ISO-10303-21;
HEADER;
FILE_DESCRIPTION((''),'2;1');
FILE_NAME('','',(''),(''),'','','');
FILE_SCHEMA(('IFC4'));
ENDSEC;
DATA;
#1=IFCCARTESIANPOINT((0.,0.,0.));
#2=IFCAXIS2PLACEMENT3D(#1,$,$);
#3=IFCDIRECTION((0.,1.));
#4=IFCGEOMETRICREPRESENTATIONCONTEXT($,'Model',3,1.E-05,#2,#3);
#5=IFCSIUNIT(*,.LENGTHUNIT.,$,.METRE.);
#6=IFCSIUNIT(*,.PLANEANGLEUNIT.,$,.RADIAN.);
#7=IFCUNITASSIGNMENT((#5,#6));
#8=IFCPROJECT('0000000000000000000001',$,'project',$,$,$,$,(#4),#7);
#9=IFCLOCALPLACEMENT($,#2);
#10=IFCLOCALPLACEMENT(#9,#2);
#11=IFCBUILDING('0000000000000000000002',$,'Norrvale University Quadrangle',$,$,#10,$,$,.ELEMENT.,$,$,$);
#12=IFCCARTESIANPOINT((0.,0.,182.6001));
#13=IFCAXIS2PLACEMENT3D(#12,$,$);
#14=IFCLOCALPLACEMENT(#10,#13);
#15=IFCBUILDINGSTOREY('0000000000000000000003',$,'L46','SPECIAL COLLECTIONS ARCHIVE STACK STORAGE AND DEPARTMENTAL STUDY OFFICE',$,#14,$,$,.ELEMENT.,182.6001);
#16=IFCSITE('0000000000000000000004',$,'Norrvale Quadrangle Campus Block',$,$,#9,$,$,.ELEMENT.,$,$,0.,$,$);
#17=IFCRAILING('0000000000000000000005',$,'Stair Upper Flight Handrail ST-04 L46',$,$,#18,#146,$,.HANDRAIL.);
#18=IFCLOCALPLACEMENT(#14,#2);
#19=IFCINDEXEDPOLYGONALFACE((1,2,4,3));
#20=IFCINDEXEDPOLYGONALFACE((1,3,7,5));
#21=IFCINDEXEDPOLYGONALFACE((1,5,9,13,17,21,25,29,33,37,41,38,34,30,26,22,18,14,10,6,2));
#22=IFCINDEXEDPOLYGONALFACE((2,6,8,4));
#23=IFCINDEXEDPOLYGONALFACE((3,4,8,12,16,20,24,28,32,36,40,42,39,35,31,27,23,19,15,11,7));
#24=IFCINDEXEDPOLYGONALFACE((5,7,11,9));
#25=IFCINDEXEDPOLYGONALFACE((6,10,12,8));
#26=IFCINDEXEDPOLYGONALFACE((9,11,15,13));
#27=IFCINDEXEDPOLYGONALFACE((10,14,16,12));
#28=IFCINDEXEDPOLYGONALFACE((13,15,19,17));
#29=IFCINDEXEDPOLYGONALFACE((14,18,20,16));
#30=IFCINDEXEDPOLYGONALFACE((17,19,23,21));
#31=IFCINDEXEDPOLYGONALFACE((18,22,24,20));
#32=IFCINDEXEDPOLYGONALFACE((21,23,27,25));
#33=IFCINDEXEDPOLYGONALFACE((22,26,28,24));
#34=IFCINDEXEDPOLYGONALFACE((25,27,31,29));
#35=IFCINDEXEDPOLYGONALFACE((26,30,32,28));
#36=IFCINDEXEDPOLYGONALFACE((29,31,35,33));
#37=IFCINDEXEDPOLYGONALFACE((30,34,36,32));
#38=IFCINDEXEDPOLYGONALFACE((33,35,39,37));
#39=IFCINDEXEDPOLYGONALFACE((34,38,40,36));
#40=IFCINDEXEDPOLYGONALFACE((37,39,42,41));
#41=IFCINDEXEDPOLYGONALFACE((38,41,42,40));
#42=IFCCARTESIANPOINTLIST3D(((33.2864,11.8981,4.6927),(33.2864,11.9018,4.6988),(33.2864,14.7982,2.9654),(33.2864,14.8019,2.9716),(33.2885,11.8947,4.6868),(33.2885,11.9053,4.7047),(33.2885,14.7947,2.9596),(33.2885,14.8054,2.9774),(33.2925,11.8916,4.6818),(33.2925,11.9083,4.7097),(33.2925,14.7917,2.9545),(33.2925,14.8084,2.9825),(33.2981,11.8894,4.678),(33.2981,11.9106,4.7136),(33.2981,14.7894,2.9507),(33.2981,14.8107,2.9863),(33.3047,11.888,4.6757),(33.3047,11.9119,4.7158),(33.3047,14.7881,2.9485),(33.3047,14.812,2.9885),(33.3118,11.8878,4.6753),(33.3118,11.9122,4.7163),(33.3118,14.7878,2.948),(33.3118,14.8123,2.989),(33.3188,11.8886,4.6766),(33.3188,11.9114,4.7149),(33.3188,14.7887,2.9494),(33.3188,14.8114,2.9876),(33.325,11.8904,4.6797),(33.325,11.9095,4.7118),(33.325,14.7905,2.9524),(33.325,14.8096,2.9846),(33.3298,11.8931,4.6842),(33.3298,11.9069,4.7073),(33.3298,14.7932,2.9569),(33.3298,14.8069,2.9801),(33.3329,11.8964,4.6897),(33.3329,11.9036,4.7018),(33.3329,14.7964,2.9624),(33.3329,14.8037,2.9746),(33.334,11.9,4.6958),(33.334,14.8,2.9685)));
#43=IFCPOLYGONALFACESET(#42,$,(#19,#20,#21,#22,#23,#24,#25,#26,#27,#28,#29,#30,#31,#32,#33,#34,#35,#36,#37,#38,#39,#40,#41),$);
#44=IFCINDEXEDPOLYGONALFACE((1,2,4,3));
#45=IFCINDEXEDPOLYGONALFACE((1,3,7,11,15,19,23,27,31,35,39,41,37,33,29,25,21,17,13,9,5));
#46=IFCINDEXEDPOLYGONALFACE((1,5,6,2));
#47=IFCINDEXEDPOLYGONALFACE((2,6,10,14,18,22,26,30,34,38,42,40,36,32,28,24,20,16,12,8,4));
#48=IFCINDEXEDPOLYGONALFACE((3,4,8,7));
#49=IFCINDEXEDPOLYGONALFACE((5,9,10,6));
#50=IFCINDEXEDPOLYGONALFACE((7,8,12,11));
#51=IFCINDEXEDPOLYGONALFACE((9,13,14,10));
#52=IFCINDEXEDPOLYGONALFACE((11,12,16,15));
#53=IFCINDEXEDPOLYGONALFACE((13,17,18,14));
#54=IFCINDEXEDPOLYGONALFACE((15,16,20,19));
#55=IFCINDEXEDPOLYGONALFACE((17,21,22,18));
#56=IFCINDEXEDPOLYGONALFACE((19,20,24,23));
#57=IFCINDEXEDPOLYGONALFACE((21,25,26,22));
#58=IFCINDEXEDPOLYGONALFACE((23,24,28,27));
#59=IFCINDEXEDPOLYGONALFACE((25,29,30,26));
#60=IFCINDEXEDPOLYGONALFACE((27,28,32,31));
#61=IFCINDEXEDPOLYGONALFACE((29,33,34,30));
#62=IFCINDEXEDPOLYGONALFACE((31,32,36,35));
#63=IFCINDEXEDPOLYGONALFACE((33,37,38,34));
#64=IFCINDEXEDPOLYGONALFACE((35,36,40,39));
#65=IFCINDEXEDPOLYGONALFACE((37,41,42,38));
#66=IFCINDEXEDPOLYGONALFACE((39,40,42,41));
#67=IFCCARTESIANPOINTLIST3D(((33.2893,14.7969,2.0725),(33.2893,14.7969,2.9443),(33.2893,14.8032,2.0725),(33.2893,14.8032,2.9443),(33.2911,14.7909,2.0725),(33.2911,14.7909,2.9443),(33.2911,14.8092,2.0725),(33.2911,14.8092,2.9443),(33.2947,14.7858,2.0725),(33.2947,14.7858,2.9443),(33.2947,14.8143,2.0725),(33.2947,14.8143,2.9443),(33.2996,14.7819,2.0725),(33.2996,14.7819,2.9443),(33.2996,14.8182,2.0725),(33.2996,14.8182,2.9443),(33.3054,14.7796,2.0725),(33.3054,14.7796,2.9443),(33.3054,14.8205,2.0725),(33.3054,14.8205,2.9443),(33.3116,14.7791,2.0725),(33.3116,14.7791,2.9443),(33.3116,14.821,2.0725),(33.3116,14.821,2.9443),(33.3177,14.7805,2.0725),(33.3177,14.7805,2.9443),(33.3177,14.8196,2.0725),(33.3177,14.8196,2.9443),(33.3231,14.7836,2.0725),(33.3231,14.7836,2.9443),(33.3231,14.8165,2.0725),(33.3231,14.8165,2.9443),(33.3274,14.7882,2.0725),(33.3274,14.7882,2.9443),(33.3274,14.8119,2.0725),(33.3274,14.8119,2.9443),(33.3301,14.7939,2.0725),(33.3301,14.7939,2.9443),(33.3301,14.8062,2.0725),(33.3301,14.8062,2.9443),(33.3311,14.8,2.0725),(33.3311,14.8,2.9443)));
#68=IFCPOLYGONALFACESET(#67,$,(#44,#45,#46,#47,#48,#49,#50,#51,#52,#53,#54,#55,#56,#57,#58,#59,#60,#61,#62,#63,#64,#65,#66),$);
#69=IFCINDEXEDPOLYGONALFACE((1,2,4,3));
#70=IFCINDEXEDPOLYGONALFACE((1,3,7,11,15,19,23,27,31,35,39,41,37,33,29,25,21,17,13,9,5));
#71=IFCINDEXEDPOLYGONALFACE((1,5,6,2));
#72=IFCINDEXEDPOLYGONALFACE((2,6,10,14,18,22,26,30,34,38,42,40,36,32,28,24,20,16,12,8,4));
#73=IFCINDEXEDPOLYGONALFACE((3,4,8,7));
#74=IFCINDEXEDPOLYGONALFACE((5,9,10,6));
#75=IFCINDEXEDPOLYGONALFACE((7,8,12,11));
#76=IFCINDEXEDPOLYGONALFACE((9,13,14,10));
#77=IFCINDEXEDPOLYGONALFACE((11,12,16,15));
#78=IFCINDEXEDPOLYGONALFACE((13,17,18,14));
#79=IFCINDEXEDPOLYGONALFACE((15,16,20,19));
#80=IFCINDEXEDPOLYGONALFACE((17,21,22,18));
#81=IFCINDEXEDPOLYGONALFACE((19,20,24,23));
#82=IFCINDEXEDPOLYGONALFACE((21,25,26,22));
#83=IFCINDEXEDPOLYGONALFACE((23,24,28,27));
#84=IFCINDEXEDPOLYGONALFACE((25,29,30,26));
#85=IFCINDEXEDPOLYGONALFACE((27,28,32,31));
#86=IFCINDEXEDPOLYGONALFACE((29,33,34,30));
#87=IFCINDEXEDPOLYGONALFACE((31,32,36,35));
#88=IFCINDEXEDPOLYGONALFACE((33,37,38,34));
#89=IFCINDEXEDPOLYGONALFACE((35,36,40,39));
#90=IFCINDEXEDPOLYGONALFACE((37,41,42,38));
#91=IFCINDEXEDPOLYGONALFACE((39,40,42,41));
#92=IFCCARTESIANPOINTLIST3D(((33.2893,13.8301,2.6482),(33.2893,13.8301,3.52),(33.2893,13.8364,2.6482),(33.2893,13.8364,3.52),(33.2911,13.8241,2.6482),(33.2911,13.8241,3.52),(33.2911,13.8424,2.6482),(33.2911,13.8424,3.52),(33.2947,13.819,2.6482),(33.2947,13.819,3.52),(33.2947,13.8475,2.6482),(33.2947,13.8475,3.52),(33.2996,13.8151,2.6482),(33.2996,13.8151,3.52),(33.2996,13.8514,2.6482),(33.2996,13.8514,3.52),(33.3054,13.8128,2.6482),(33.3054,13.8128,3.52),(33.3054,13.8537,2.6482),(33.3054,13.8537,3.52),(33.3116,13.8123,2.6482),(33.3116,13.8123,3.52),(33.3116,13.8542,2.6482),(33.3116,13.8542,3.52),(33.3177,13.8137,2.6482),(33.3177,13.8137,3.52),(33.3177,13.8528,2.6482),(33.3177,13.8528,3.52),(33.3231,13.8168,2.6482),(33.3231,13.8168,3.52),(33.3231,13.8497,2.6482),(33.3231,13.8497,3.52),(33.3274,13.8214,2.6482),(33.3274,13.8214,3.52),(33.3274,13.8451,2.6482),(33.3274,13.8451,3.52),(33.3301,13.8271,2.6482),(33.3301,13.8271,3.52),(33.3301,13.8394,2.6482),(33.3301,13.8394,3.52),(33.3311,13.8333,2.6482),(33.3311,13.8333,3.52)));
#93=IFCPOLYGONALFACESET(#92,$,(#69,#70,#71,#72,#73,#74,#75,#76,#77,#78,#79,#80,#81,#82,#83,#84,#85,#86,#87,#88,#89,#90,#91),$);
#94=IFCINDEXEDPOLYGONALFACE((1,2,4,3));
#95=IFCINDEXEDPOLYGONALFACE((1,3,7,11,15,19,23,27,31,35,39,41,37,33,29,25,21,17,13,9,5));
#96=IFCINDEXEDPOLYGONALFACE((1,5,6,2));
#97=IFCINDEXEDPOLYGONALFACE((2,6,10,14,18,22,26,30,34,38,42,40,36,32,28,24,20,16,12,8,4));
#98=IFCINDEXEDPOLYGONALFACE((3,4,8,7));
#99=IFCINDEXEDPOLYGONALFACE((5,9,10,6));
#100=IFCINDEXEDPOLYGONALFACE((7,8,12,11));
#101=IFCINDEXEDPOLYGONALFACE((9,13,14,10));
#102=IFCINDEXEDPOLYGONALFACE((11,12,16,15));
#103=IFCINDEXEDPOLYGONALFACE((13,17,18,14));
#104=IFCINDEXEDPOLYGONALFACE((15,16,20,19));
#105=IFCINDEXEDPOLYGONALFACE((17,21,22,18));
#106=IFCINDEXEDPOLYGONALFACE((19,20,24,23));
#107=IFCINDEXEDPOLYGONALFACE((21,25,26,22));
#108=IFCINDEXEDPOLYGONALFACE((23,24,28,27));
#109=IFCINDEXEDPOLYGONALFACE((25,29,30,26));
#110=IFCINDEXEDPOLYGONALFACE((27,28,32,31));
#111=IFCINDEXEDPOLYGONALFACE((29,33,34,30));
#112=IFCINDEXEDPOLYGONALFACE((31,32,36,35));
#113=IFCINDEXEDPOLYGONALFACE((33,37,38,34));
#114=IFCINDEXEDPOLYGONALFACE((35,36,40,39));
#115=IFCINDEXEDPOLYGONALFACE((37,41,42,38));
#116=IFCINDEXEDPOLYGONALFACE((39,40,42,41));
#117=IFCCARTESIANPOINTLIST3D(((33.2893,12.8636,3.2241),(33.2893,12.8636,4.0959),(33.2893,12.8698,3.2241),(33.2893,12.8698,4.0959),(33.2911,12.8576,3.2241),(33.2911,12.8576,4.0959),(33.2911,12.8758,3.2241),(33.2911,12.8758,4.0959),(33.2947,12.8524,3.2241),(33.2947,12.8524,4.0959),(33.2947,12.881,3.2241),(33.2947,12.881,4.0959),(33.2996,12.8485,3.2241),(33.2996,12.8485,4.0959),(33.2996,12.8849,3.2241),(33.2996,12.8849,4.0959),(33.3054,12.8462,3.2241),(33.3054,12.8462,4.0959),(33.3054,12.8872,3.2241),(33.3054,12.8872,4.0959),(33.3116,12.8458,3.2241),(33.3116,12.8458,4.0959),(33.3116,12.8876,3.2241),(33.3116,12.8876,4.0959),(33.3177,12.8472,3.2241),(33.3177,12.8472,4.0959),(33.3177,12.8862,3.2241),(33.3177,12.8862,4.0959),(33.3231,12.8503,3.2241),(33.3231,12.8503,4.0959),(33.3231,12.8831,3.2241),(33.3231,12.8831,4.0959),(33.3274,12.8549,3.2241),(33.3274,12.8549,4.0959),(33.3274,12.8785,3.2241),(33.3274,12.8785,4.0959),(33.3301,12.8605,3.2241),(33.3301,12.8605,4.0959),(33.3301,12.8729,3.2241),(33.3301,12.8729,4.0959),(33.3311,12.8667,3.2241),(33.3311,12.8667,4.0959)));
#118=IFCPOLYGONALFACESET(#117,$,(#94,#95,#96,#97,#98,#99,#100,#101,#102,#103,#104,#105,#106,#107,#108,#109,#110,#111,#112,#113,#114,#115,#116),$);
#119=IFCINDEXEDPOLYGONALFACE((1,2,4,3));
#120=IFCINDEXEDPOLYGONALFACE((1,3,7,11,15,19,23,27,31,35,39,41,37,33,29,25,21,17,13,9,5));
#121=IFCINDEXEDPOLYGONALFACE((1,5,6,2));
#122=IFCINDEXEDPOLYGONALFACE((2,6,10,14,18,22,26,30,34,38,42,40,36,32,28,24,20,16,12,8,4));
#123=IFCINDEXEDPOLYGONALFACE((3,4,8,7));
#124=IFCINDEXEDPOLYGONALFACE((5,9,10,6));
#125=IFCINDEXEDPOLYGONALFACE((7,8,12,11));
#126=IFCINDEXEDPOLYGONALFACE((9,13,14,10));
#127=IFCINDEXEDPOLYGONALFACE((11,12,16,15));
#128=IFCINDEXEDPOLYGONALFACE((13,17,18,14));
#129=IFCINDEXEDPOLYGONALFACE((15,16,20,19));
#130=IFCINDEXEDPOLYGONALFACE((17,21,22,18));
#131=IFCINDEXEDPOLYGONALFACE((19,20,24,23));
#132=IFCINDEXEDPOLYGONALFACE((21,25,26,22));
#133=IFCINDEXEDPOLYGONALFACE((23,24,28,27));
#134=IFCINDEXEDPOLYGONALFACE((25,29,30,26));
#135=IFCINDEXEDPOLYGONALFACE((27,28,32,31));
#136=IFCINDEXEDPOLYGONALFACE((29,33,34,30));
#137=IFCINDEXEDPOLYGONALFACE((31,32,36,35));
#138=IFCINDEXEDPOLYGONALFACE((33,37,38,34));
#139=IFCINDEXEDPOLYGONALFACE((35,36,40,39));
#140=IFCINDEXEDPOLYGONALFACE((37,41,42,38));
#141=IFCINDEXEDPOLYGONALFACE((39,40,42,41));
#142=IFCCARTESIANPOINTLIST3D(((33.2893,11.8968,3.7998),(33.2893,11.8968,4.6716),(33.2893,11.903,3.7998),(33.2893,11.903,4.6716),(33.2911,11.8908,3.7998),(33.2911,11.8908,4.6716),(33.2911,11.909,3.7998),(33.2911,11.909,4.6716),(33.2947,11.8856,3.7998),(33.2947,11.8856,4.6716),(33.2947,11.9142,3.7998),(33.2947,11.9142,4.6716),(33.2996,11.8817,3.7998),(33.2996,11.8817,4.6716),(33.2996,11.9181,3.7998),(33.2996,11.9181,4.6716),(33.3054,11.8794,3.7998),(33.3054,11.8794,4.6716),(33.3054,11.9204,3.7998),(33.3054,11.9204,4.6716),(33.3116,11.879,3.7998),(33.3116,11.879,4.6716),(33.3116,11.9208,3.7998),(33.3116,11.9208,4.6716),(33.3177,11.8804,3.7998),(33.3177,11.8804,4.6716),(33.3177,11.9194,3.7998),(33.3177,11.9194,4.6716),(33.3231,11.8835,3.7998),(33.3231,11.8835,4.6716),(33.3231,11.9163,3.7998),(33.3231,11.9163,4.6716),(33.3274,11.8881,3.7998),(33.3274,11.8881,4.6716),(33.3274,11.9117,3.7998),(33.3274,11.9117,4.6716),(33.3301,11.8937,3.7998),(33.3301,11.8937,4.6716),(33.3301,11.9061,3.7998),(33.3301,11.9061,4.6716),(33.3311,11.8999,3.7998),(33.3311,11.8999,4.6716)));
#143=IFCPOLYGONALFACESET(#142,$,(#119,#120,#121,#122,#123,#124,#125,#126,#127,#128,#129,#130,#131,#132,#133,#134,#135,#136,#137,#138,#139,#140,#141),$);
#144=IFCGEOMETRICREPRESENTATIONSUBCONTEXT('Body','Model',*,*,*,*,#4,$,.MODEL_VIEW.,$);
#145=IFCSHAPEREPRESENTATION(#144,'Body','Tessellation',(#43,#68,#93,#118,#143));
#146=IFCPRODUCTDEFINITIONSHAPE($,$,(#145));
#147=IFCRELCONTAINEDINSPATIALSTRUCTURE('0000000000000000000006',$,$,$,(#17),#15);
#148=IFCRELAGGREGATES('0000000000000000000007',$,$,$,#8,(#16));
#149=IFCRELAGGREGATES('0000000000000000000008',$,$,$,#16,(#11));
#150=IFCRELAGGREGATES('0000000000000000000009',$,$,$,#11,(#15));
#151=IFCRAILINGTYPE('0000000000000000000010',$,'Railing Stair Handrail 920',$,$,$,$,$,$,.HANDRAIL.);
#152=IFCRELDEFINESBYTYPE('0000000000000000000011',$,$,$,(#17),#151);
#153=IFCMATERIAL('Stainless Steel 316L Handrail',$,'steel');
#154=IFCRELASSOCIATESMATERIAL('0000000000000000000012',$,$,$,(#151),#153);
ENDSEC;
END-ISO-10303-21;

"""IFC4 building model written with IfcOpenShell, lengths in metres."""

from ifc_helpers import new_model, si_unit, direction, frame, origin, origin_2d, place, context, subcontext, project, spatial, circle, extrude, material, type_object, element, save


model = new_model("IFC4")

# Units and contexts
model_context = context("Model", 3, precision=1e-05, world=origin(), true_north=direction((0.0, 1.0)))
body_context = subcontext(model_context, "Body", "Model", "MODEL_VIEW")
ifc_project = project(units=[si_unit("LENGTHUNIT", "METRE"), si_unit("PLANEANGLEUNIT", "RADIAN")], contexts=[model_context])

# Site, building, storey
site_placement = place(None, origin())
site = spatial("IfcSite", under=ifc_project, at=site_placement, Name="Norrvale Quadrangle Campus Block", CompositionType="ELEMENT", RefElevation=0.0)
building_placement = place(site_placement, origin())
building = spatial("IfcBuilding", under=site, at=building_placement, Name="Norrvale University Quadrangle", CompositionType="ELEMENT")
storey_placement = place(building_placement, frame((0.0, 0.0, 182.6001)))
storey = spatial("IfcBuildingStorey", under=building, at=storey_placement, Name="L46", Description="SPECIAL COLLECTIONS ARCHIVE STACK STORAGE AND DEPARTMENTAL STUDY OFFICE", CompositionType="ELEMENT", Elevation=182.6001)

# Railing
ifc_material_1 = material(Name="Stainless Steel 316L Handrail", Category="steel")
railing_type_1 = type_object("IfcRailingType", Name="Railing Stair Handrail 920", PredefinedType="HANDRAIL", material=ifc_material_1)
railing_1_placement = place(storey_placement, frame((33.3101, 14.8, 2.0725)))
element("IfcRailing", 1, at=railing_1_placement, inside=storey, type_object=railing_type_1, Name="Stair Upper Flight Handrail ST-04 L46", PredefinedType="HANDRAIL", context=body_context, shape_type="SweptSolid", body=[
    extrude(circle(Radius=0.0239, at=origin_2d()), frame((0.0, 0.0, 0.896), z_axis=(0.0, -0.85916, 0.511706), x_axis=(1.0, 0.0, 0.0)), (0.0, 0.0, 1.0), 3.3755),
    extrude(circle(Radius=0.021, at=origin_2d()), origin(), (0.0, 0.0, 1.0), 0.8718),
    extrude(circle(Radius=0.021, at=origin_2d()), frame((0.0, -0.9668, 0.5757)), (0.0, 0.0, 1.0), 0.8718),
    extrude(circle(Radius=0.021, at=origin_2d()), frame((0.0, -1.9333, 1.1516)), (0.0, 0.0, 1.0), 0.8718),
    extrude(circle(Radius=0.021, at=origin_2d()), frame((0.0, -2.9001, 1.7273)), (0.0, 0.0, 1.0), 0.8718),
])

save(model, "model.ifc")
